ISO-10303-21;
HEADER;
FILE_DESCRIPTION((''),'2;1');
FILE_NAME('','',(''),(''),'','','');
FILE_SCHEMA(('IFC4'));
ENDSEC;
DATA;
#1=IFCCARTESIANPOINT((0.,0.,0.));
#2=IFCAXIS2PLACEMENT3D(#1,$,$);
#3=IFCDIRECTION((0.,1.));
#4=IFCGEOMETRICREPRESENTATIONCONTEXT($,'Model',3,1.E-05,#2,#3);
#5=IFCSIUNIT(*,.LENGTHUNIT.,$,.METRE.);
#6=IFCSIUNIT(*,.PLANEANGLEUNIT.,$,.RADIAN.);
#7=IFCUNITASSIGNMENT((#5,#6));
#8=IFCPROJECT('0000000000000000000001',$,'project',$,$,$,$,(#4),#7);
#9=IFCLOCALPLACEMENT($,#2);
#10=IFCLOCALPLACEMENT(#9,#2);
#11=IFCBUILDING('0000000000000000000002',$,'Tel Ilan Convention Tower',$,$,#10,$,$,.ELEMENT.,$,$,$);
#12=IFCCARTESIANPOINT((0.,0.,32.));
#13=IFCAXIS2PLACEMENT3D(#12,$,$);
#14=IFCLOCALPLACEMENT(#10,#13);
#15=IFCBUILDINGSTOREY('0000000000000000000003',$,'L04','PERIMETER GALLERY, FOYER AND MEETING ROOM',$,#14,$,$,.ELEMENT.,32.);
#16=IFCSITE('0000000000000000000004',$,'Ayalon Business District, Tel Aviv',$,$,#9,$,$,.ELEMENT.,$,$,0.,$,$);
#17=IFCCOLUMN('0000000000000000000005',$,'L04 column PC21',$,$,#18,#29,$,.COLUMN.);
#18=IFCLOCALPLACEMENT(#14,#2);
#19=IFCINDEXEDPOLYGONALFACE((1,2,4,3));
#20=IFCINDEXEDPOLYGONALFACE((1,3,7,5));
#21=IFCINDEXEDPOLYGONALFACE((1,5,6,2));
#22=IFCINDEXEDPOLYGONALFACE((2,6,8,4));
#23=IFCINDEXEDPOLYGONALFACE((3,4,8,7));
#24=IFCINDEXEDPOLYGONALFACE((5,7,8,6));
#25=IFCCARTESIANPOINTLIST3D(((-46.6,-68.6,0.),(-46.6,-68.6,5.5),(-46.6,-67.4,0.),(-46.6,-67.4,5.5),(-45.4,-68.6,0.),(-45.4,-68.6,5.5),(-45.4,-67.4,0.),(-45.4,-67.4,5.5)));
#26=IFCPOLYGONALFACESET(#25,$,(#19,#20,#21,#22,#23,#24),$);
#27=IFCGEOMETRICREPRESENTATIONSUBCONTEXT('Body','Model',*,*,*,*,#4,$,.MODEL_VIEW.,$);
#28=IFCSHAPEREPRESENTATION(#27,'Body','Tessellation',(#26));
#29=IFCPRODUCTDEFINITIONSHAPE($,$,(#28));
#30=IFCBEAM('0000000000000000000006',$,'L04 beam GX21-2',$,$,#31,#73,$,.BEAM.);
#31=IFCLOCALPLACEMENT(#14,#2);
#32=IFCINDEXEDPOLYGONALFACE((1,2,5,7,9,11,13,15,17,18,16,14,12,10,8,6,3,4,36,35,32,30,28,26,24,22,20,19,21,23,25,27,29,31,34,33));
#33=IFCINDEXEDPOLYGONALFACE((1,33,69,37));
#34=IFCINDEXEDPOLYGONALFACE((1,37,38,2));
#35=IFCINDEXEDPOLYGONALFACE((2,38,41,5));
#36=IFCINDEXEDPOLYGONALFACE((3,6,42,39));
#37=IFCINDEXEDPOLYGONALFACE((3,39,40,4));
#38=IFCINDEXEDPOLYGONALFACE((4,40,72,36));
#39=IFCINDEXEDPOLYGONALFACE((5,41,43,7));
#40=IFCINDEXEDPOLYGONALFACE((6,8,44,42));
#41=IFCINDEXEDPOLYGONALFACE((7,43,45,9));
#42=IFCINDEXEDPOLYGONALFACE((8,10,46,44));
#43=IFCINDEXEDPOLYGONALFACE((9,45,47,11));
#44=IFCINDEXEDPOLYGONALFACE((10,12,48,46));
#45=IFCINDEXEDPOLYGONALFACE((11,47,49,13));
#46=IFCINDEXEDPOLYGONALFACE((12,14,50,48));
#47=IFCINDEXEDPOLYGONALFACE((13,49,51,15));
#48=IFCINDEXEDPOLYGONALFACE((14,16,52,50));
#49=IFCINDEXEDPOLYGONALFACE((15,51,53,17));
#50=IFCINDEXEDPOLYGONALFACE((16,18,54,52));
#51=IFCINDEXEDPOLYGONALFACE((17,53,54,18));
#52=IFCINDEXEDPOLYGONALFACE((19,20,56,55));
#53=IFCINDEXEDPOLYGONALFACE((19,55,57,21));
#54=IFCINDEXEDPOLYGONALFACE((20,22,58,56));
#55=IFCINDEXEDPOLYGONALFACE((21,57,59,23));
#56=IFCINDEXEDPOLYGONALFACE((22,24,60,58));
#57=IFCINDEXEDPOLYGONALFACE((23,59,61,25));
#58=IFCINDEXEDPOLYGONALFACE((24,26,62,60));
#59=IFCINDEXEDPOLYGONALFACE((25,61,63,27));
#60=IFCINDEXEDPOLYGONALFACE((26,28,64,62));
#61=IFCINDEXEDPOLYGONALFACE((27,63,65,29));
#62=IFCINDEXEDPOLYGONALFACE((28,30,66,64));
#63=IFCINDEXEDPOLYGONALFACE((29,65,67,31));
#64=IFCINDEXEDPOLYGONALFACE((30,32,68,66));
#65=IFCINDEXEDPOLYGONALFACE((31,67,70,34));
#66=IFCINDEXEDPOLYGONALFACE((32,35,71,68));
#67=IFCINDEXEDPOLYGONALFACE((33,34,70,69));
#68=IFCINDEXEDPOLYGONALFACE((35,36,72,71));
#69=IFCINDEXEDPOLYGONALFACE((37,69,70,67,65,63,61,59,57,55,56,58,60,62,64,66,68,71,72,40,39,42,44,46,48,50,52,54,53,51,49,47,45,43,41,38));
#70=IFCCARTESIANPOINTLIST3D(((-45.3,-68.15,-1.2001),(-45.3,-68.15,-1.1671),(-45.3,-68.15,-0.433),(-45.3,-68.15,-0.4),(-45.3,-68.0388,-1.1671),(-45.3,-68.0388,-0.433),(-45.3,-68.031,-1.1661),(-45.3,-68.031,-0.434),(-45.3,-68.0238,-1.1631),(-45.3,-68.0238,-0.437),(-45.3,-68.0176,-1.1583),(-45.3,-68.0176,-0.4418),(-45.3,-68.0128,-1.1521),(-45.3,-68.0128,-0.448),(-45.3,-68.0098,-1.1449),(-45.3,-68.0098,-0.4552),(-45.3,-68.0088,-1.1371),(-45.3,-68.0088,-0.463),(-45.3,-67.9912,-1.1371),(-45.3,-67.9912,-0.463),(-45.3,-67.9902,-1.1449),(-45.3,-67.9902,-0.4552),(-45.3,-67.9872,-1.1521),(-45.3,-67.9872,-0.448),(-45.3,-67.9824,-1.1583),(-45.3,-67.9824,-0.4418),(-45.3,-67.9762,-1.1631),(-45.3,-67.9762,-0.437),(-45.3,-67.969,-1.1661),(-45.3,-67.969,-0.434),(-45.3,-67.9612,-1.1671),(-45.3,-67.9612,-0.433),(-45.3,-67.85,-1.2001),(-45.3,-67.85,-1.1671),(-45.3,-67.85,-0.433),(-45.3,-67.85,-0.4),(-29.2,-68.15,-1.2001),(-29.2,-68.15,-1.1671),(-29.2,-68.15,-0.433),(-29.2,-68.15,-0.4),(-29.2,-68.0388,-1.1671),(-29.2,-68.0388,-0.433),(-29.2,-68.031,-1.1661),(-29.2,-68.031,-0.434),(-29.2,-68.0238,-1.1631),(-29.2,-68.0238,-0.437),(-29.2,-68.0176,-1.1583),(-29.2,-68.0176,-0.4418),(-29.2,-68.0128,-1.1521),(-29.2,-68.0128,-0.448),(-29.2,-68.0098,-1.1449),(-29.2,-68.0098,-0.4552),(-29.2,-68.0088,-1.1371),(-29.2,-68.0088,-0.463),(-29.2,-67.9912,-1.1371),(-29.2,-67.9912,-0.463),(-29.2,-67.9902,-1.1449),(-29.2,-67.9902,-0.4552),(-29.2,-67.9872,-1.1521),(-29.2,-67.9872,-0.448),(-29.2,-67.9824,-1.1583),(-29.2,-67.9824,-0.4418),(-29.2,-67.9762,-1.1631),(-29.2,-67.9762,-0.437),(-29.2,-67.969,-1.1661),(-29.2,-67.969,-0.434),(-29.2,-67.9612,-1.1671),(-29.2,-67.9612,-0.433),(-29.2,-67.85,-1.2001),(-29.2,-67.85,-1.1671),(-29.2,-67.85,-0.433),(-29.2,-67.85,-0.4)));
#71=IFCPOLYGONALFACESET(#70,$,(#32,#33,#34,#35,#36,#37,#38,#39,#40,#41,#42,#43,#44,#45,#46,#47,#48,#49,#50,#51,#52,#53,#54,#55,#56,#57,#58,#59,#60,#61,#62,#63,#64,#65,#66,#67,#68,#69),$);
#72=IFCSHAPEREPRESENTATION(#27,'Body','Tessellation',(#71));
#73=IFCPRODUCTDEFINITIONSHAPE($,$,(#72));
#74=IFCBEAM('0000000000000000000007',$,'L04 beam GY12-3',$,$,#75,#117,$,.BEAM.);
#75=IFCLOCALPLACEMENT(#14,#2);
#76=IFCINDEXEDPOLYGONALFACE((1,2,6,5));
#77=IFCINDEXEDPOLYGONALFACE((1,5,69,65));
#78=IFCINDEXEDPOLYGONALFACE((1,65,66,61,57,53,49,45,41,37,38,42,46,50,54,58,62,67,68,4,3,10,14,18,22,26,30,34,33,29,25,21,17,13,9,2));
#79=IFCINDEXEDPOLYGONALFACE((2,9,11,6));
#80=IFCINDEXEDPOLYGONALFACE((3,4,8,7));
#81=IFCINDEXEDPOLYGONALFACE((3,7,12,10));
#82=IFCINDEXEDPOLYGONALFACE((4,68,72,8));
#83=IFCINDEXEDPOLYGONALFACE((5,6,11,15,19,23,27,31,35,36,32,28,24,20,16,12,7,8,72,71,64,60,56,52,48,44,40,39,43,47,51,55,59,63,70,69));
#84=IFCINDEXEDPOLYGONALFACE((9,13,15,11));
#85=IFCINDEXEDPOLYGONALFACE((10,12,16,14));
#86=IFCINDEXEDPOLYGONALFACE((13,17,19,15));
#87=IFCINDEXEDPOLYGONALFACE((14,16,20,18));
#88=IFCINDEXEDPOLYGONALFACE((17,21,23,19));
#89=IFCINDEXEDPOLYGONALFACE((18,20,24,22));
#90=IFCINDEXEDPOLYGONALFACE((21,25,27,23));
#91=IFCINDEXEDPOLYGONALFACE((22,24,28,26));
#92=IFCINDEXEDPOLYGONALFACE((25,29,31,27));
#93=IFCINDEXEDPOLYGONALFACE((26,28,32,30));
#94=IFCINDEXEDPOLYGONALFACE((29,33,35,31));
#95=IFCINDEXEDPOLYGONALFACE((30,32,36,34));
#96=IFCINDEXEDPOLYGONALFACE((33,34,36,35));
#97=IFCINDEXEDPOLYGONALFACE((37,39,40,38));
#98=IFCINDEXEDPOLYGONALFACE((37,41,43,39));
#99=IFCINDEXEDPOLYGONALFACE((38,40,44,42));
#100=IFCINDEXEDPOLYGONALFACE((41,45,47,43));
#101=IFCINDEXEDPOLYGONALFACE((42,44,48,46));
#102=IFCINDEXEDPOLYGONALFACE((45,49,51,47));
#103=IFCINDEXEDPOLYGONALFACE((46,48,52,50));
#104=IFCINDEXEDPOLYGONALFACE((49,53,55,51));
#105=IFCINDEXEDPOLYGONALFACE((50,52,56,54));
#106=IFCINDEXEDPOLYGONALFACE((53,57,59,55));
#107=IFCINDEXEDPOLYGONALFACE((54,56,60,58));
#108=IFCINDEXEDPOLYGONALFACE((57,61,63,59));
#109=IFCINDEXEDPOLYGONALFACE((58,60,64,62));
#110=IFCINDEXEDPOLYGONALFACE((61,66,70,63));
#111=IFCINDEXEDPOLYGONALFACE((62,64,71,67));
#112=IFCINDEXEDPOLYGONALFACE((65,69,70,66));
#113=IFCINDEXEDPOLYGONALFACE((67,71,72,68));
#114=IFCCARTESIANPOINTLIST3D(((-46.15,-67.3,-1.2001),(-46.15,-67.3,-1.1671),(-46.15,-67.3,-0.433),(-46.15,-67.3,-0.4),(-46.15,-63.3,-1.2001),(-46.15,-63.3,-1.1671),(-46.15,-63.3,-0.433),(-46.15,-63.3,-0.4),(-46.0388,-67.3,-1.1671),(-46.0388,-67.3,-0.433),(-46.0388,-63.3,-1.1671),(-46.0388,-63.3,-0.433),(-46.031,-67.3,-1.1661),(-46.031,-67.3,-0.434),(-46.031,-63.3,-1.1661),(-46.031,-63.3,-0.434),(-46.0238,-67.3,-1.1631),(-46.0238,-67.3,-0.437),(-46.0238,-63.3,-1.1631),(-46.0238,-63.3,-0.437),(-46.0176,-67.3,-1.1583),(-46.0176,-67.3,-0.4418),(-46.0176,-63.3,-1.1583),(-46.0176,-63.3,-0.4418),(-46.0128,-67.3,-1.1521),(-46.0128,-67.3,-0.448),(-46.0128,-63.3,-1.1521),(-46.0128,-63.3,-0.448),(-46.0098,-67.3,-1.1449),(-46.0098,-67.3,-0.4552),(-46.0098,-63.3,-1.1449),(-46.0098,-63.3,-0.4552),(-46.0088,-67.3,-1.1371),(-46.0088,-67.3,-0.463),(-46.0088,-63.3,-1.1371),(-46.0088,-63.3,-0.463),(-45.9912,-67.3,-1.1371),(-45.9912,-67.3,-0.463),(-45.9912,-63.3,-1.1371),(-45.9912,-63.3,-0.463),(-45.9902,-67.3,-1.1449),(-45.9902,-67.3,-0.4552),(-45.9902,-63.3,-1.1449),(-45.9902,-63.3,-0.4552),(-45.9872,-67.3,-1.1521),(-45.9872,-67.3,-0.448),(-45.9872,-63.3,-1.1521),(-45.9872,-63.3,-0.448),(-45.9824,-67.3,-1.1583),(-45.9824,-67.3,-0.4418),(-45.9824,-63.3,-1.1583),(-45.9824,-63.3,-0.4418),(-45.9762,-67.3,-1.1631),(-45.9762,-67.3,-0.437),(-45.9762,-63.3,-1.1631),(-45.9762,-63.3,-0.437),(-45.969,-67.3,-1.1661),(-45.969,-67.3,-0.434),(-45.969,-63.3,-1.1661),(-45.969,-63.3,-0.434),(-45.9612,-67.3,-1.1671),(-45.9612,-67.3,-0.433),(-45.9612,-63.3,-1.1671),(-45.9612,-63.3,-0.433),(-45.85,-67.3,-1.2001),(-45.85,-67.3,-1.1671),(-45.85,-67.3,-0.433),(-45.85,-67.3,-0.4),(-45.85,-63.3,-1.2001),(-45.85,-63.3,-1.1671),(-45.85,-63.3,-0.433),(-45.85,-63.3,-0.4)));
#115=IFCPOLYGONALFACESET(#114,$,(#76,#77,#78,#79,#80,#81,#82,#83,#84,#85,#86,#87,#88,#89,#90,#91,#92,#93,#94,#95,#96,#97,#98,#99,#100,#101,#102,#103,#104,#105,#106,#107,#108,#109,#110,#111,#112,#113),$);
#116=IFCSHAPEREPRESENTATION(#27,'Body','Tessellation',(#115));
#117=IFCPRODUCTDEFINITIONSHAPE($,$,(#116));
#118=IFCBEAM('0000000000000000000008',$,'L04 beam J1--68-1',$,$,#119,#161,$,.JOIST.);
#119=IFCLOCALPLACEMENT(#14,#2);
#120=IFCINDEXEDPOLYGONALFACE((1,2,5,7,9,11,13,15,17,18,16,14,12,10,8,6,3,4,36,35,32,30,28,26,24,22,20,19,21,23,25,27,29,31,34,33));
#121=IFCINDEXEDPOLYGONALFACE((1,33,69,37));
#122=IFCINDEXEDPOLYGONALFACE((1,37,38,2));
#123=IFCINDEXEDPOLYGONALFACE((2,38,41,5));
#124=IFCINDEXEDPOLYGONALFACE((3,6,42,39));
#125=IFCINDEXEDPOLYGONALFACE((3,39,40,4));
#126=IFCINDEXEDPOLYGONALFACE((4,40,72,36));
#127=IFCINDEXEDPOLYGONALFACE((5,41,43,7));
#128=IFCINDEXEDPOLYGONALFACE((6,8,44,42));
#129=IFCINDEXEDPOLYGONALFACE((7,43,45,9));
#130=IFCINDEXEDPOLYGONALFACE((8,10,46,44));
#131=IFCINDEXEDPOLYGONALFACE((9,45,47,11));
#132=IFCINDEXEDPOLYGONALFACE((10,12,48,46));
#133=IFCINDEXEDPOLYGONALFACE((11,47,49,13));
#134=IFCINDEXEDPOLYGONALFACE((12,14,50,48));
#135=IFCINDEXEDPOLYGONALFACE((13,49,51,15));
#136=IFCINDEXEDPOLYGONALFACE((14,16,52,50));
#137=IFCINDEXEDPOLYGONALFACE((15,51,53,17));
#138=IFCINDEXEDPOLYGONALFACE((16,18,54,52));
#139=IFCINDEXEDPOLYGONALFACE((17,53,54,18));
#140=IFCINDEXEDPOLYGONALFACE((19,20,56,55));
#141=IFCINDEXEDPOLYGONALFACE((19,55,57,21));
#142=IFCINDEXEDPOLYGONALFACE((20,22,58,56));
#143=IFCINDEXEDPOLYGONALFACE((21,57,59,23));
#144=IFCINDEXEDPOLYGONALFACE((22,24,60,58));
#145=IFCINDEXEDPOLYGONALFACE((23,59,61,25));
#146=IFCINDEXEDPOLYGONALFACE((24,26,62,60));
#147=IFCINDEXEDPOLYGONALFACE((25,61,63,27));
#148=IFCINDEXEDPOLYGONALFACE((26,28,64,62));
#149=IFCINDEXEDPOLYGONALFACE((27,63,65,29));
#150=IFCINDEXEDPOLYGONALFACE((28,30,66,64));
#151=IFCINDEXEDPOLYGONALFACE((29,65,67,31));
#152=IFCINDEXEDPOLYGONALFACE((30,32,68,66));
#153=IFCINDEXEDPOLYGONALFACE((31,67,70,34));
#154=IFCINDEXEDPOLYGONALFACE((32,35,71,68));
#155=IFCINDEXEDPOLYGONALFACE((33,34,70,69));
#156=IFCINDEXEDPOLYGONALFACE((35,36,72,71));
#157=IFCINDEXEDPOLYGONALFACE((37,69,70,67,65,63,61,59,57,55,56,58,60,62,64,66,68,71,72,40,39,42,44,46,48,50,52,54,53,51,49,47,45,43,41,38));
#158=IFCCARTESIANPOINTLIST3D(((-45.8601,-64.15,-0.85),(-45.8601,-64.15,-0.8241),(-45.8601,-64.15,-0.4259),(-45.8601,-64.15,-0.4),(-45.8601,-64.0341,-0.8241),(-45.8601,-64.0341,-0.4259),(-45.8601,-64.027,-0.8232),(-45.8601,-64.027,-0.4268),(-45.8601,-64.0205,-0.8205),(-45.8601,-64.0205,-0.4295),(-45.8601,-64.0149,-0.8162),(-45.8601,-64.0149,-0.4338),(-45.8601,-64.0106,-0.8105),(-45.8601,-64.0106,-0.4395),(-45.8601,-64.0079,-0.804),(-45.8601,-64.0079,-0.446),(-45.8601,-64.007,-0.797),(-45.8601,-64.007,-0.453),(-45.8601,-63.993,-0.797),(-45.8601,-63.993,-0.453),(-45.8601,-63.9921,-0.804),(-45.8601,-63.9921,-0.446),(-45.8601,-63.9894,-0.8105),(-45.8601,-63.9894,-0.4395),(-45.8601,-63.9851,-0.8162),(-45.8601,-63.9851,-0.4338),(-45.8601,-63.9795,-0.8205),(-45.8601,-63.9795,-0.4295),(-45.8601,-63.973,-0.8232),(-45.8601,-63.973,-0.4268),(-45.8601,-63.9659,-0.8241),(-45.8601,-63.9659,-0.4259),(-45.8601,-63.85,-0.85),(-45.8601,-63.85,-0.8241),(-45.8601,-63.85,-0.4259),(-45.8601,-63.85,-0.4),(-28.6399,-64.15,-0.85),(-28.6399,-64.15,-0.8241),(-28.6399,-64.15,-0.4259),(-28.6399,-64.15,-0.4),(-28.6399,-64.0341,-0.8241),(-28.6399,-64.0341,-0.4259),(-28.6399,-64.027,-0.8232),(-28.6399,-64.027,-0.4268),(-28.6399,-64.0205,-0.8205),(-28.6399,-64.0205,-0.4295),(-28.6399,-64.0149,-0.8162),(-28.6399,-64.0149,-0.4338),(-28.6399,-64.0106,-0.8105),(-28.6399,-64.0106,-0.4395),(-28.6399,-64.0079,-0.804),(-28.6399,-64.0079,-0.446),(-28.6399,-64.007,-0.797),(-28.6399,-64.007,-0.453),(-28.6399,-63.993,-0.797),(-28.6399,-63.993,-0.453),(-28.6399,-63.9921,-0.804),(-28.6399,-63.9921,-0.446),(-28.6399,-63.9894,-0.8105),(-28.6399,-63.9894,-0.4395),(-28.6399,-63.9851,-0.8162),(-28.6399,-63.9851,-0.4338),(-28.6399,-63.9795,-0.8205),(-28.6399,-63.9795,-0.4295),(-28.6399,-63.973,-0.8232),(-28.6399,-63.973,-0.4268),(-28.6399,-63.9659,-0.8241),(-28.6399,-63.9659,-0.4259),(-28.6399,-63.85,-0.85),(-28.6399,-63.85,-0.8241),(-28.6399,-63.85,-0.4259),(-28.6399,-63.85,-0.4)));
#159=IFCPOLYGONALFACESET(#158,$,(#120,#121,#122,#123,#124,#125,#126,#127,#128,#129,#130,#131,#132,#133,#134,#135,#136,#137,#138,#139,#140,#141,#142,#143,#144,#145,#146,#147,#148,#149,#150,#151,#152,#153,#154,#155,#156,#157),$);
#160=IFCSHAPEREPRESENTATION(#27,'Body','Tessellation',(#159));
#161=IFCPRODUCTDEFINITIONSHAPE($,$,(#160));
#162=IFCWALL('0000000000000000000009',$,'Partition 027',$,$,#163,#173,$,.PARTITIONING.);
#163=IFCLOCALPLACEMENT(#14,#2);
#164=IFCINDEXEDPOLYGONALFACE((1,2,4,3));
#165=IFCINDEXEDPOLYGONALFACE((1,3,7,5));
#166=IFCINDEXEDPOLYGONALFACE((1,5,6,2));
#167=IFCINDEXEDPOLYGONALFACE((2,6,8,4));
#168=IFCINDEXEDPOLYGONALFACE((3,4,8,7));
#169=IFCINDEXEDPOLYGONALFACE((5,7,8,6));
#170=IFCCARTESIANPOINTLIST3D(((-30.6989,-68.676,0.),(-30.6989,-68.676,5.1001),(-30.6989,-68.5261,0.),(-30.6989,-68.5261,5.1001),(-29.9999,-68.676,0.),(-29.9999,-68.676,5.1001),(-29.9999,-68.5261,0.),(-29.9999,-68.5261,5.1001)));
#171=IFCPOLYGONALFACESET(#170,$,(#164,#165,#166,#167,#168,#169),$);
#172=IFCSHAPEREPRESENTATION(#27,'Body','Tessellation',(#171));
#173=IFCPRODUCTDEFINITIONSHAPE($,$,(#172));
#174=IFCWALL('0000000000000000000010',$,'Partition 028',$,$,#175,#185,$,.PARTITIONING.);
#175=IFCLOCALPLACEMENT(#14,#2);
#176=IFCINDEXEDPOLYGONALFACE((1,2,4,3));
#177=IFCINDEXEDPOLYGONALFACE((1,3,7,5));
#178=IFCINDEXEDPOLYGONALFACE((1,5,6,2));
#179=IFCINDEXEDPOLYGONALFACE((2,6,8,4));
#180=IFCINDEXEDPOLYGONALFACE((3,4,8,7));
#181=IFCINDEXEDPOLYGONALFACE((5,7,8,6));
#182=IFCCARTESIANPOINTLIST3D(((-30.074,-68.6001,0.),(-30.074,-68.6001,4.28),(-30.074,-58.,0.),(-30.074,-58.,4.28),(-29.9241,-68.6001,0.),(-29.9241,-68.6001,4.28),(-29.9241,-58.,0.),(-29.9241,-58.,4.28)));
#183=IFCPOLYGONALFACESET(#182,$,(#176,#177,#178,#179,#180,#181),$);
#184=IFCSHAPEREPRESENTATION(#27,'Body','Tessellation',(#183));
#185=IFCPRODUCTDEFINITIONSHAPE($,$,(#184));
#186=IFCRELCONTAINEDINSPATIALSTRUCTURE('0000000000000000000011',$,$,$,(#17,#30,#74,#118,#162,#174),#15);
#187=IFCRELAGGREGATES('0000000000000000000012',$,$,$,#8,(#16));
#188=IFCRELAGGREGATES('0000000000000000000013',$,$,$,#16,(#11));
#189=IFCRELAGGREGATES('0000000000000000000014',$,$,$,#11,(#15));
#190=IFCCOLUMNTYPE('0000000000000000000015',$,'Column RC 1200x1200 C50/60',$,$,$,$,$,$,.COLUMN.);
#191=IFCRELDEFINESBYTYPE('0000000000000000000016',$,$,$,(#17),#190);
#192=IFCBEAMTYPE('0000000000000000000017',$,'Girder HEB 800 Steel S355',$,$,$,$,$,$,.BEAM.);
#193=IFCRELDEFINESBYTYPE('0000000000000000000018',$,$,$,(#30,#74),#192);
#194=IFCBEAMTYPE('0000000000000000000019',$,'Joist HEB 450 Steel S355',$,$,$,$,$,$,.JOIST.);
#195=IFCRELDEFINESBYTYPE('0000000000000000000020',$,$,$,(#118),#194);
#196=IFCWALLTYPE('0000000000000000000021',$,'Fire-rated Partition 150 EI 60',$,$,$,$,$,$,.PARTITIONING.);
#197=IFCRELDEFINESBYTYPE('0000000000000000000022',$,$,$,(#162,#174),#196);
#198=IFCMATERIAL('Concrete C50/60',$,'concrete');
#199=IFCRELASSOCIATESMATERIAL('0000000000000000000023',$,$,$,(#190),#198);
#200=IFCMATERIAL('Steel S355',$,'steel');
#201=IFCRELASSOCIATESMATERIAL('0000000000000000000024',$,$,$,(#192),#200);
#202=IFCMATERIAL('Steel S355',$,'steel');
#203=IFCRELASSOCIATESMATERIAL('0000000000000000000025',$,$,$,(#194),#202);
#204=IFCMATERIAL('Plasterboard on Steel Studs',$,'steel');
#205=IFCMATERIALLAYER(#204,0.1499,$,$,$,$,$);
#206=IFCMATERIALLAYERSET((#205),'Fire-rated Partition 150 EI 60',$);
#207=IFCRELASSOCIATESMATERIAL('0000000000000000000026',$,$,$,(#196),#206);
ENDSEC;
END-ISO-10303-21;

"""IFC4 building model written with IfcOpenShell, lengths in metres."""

from ifc_helpers import new_model, si_unit, direction, frame, frame_2d, origin, origin_2d, place, context, subcontext, project, spatial, rectangle, i_section, extrude, material, layer, layer_set, material_profile, profile_set, type_object, element, save


model = new_model("IFC4")

# Units and contexts
model_context = context("Model", 3, precision=1e-05, world=origin(), true_north=direction((0.0, 1.0)))
body_context = subcontext(model_context, "Body", "Model", "MODEL_VIEW")
ifc_project = project(units=[si_unit("LENGTHUNIT", "METRE"), si_unit("PLANEANGLEUNIT", "RADIAN")], contexts=[model_context])

# Site, building, storey
site_placement = place(None, origin())
site = spatial("IfcSite", under=ifc_project, at=site_placement, Name="Ayalon Business District, Tel Aviv", CompositionType="ELEMENT", RefElevation=0.0)
building_placement = place(site_placement, origin())
building = spatial("IfcBuilding", under=site, at=building_placement, Name="Tel Ilan Convention Tower", CompositionType="ELEMENT")
storey_placement = place(building_placement, frame((0.0, 0.0, 32.0)))
storey = spatial("IfcBuildingStorey", under=building, at=storey_placement, Name="L04", Description="PERIMETER GALLERY, FOYER AND MEETING ROOM", CompositionType="ELEMENT", Elevation=32.0)

# Column
ifc_material_1 = material(Name="Concrete C50/60", Category="concrete")
ifc_material_profile_1 = material_profile(ifc_material_1, rectangle(XDim=1.2, YDim=1.2, at=origin_2d()), Name="RC 1200x1200")
ifc_profile_set_1 = profile_set([ifc_material_profile_1], Name="Concrete C50/60")
column_type = type_object("IfcColumnType", Name="Column RC 1200x1200 C50/60", PredefinedType="COLUMN", material=ifc_profile_set_1)
column_placement = place(storey_placement, frame((-46.0, -68.0, 0.0), z_axis=(0.0, 0.0, 1.0), x_axis=(1.0, 0.0, 0.0)))
element("IfcColumn", 1, at=column_placement, inside=storey, type_object=column_type, Name="L04 column PC21", PredefinedType="COLUMN", context=body_context, shape_type="SweptSolid", body=[
    extrude(rectangle(XDim=1.2, YDim=1.2, at=origin_2d()), origin(), (0.0, 0.0, 1.0), 5.5),
])

# Beams
ifc_material_2 = material(Name="Steel S355", Category="steel")
ifc_material_profile_2 = material_profile(ifc_material_2, i_section(OverallWidth=0.3, OverallDepth=0.8, WebThickness=0.0176, FlangeThickness=0.033, FilletRadius=0.03, at=origin_2d()), Name="HEB 800")
ifc_profile_set_2 = profile_set([ifc_material_profile_2], Name="Steel S355")
beam_type_1 = type_object("IfcBeamType", Name="Girder HEB 800 Steel S355", PredefinedType="BEAM", material=ifc_profile_set_2)
beam_1_placement = place(storey_placement, frame((-45.3, -68.0, -0.8), z_axis=(1.0, 0.0, 0.0), x_axis=(0.0, 1.0, 0.0)))
element("IfcBeam", 2, at=beam_1_placement, inside=storey, type_object=beam_type_1, Name="L04 beam GX21-2", PredefinedType="BEAM", context=body_context, shape_type="SweptSolid", body=[
    extrude(i_section(OverallWidth=0.3, OverallDepth=0.8, WebThickness=0.0176, FlangeThickness=0.033, FilletRadius=0.03, at=origin_2d()), origin(), (0.0, 0.0, 1.0), 16.1001),
])
beam_2_placement = place(storey_placement, frame((-46.0, -67.3, -0.8), z_axis=(0.0, 1.0, 0.0), x_axis=(-1.0, 0.0, 0.0)))
element("IfcBeam", 3, at=beam_2_placement, inside=storey, type_object=beam_type_1, Name="L04 beam GY12-3", PredefinedType="BEAM", context=body_context, shape_type="SweptSolid", body=[
    extrude(i_section(OverallWidth=0.3, OverallDepth=0.8, WebThickness=0.0176, FlangeThickness=0.033, FilletRadius=0.03, at=origin_2d()), origin(), (0.0, 0.0, 1.0), 4.0),
])
ifc_material_3 = material(Name="Steel S355", Category="steel")
ifc_material_profile_3 = material_profile(ifc_material_3, i_section(OverallWidth=0.3, OverallDepth=0.45, WebThickness=0.0139, FlangeThickness=0.0259, FilletRadius=0.0271, at=origin_2d()), Name="HEB 450")
ifc_profile_set_3 = profile_set([ifc_material_profile_3], Name="Steel S355")
beam_type_2 = type_object("IfcBeamType", Name="Joist HEB 450 Steel S355", PredefinedType="JOIST", material=ifc_profile_set_3)
beam_3_placement = place(storey_placement, frame((-45.8601, -64.0, -0.625), z_axis=(1.0, 0.0, 0.0), x_axis=(0.0, 1.0, 0.0)))
element("IfcBeam", 4, at=beam_3_placement, inside=storey, type_object=beam_type_2, Name="L04 beam J1--68-1", PredefinedType="JOIST", context=body_context, shape_type="SweptSolid", body=[
    extrude(i_section(OverallWidth=0.3, OverallDepth=0.45, WebThickness=0.0139, FlangeThickness=0.0259, FilletRadius=0.0271, at=origin_2d()), origin(), (0.0, 0.0, 1.0), 17.2202),
])

# Walls
ifc_material_4 = material(Name="Plasterboard on Steel Studs", Category="steel")
ifc_layer_1 = layer(ifc_material_4, 0.1499)
ifc_layer_set_1 = layer_set([ifc_layer_1], Name="Fire-rated Partition 150 EI 60")
wall_type_1 = type_object("IfcWallType", Name="Fire-rated Partition 150 EI 60", PredefinedType="PARTITIONING", material=ifc_layer_set_1)
wall_1_placement = place(storey_placement, frame((-30.699, -68.6011, 0.0), z_axis=(0.0, 0.0, 1.0), x_axis=(1.0, 0.0, 0.0)))
element("IfcWall", 5, at=wall_1_placement, inside=storey, type_object=wall_type_1, Name="Partition 027", PredefinedType="PARTITIONING", context=body_context, shape_type="SweptSolid", body=[
    extrude(rectangle(XDim=0.699, YDim=0.1499, at=frame_2d((0.3496, 0.0))), origin(), (0.0, 0.0, 1.0), 5.1001),
])
wall_2_placement = place(storey_placement, frame((-29.999, -68.6001, 0.0), z_axis=(0.0, 0.0, 1.0), x_axis=(0.0, 1.0, 0.0)))
element("IfcWall", 6, at=wall_2_placement, inside=storey, type_object=wall_type_1, Name="Partition 028", PredefinedType="PARTITIONING", context=body_context, shape_type="SweptSolid", body=[
    extrude(rectangle(XDim=10.6001, YDim=0.1499, at=frame_2d((5.3, 0.0))), origin(), (0.0, 0.0, 1.0), 4.28),
])

save(model, "model.ifc")
